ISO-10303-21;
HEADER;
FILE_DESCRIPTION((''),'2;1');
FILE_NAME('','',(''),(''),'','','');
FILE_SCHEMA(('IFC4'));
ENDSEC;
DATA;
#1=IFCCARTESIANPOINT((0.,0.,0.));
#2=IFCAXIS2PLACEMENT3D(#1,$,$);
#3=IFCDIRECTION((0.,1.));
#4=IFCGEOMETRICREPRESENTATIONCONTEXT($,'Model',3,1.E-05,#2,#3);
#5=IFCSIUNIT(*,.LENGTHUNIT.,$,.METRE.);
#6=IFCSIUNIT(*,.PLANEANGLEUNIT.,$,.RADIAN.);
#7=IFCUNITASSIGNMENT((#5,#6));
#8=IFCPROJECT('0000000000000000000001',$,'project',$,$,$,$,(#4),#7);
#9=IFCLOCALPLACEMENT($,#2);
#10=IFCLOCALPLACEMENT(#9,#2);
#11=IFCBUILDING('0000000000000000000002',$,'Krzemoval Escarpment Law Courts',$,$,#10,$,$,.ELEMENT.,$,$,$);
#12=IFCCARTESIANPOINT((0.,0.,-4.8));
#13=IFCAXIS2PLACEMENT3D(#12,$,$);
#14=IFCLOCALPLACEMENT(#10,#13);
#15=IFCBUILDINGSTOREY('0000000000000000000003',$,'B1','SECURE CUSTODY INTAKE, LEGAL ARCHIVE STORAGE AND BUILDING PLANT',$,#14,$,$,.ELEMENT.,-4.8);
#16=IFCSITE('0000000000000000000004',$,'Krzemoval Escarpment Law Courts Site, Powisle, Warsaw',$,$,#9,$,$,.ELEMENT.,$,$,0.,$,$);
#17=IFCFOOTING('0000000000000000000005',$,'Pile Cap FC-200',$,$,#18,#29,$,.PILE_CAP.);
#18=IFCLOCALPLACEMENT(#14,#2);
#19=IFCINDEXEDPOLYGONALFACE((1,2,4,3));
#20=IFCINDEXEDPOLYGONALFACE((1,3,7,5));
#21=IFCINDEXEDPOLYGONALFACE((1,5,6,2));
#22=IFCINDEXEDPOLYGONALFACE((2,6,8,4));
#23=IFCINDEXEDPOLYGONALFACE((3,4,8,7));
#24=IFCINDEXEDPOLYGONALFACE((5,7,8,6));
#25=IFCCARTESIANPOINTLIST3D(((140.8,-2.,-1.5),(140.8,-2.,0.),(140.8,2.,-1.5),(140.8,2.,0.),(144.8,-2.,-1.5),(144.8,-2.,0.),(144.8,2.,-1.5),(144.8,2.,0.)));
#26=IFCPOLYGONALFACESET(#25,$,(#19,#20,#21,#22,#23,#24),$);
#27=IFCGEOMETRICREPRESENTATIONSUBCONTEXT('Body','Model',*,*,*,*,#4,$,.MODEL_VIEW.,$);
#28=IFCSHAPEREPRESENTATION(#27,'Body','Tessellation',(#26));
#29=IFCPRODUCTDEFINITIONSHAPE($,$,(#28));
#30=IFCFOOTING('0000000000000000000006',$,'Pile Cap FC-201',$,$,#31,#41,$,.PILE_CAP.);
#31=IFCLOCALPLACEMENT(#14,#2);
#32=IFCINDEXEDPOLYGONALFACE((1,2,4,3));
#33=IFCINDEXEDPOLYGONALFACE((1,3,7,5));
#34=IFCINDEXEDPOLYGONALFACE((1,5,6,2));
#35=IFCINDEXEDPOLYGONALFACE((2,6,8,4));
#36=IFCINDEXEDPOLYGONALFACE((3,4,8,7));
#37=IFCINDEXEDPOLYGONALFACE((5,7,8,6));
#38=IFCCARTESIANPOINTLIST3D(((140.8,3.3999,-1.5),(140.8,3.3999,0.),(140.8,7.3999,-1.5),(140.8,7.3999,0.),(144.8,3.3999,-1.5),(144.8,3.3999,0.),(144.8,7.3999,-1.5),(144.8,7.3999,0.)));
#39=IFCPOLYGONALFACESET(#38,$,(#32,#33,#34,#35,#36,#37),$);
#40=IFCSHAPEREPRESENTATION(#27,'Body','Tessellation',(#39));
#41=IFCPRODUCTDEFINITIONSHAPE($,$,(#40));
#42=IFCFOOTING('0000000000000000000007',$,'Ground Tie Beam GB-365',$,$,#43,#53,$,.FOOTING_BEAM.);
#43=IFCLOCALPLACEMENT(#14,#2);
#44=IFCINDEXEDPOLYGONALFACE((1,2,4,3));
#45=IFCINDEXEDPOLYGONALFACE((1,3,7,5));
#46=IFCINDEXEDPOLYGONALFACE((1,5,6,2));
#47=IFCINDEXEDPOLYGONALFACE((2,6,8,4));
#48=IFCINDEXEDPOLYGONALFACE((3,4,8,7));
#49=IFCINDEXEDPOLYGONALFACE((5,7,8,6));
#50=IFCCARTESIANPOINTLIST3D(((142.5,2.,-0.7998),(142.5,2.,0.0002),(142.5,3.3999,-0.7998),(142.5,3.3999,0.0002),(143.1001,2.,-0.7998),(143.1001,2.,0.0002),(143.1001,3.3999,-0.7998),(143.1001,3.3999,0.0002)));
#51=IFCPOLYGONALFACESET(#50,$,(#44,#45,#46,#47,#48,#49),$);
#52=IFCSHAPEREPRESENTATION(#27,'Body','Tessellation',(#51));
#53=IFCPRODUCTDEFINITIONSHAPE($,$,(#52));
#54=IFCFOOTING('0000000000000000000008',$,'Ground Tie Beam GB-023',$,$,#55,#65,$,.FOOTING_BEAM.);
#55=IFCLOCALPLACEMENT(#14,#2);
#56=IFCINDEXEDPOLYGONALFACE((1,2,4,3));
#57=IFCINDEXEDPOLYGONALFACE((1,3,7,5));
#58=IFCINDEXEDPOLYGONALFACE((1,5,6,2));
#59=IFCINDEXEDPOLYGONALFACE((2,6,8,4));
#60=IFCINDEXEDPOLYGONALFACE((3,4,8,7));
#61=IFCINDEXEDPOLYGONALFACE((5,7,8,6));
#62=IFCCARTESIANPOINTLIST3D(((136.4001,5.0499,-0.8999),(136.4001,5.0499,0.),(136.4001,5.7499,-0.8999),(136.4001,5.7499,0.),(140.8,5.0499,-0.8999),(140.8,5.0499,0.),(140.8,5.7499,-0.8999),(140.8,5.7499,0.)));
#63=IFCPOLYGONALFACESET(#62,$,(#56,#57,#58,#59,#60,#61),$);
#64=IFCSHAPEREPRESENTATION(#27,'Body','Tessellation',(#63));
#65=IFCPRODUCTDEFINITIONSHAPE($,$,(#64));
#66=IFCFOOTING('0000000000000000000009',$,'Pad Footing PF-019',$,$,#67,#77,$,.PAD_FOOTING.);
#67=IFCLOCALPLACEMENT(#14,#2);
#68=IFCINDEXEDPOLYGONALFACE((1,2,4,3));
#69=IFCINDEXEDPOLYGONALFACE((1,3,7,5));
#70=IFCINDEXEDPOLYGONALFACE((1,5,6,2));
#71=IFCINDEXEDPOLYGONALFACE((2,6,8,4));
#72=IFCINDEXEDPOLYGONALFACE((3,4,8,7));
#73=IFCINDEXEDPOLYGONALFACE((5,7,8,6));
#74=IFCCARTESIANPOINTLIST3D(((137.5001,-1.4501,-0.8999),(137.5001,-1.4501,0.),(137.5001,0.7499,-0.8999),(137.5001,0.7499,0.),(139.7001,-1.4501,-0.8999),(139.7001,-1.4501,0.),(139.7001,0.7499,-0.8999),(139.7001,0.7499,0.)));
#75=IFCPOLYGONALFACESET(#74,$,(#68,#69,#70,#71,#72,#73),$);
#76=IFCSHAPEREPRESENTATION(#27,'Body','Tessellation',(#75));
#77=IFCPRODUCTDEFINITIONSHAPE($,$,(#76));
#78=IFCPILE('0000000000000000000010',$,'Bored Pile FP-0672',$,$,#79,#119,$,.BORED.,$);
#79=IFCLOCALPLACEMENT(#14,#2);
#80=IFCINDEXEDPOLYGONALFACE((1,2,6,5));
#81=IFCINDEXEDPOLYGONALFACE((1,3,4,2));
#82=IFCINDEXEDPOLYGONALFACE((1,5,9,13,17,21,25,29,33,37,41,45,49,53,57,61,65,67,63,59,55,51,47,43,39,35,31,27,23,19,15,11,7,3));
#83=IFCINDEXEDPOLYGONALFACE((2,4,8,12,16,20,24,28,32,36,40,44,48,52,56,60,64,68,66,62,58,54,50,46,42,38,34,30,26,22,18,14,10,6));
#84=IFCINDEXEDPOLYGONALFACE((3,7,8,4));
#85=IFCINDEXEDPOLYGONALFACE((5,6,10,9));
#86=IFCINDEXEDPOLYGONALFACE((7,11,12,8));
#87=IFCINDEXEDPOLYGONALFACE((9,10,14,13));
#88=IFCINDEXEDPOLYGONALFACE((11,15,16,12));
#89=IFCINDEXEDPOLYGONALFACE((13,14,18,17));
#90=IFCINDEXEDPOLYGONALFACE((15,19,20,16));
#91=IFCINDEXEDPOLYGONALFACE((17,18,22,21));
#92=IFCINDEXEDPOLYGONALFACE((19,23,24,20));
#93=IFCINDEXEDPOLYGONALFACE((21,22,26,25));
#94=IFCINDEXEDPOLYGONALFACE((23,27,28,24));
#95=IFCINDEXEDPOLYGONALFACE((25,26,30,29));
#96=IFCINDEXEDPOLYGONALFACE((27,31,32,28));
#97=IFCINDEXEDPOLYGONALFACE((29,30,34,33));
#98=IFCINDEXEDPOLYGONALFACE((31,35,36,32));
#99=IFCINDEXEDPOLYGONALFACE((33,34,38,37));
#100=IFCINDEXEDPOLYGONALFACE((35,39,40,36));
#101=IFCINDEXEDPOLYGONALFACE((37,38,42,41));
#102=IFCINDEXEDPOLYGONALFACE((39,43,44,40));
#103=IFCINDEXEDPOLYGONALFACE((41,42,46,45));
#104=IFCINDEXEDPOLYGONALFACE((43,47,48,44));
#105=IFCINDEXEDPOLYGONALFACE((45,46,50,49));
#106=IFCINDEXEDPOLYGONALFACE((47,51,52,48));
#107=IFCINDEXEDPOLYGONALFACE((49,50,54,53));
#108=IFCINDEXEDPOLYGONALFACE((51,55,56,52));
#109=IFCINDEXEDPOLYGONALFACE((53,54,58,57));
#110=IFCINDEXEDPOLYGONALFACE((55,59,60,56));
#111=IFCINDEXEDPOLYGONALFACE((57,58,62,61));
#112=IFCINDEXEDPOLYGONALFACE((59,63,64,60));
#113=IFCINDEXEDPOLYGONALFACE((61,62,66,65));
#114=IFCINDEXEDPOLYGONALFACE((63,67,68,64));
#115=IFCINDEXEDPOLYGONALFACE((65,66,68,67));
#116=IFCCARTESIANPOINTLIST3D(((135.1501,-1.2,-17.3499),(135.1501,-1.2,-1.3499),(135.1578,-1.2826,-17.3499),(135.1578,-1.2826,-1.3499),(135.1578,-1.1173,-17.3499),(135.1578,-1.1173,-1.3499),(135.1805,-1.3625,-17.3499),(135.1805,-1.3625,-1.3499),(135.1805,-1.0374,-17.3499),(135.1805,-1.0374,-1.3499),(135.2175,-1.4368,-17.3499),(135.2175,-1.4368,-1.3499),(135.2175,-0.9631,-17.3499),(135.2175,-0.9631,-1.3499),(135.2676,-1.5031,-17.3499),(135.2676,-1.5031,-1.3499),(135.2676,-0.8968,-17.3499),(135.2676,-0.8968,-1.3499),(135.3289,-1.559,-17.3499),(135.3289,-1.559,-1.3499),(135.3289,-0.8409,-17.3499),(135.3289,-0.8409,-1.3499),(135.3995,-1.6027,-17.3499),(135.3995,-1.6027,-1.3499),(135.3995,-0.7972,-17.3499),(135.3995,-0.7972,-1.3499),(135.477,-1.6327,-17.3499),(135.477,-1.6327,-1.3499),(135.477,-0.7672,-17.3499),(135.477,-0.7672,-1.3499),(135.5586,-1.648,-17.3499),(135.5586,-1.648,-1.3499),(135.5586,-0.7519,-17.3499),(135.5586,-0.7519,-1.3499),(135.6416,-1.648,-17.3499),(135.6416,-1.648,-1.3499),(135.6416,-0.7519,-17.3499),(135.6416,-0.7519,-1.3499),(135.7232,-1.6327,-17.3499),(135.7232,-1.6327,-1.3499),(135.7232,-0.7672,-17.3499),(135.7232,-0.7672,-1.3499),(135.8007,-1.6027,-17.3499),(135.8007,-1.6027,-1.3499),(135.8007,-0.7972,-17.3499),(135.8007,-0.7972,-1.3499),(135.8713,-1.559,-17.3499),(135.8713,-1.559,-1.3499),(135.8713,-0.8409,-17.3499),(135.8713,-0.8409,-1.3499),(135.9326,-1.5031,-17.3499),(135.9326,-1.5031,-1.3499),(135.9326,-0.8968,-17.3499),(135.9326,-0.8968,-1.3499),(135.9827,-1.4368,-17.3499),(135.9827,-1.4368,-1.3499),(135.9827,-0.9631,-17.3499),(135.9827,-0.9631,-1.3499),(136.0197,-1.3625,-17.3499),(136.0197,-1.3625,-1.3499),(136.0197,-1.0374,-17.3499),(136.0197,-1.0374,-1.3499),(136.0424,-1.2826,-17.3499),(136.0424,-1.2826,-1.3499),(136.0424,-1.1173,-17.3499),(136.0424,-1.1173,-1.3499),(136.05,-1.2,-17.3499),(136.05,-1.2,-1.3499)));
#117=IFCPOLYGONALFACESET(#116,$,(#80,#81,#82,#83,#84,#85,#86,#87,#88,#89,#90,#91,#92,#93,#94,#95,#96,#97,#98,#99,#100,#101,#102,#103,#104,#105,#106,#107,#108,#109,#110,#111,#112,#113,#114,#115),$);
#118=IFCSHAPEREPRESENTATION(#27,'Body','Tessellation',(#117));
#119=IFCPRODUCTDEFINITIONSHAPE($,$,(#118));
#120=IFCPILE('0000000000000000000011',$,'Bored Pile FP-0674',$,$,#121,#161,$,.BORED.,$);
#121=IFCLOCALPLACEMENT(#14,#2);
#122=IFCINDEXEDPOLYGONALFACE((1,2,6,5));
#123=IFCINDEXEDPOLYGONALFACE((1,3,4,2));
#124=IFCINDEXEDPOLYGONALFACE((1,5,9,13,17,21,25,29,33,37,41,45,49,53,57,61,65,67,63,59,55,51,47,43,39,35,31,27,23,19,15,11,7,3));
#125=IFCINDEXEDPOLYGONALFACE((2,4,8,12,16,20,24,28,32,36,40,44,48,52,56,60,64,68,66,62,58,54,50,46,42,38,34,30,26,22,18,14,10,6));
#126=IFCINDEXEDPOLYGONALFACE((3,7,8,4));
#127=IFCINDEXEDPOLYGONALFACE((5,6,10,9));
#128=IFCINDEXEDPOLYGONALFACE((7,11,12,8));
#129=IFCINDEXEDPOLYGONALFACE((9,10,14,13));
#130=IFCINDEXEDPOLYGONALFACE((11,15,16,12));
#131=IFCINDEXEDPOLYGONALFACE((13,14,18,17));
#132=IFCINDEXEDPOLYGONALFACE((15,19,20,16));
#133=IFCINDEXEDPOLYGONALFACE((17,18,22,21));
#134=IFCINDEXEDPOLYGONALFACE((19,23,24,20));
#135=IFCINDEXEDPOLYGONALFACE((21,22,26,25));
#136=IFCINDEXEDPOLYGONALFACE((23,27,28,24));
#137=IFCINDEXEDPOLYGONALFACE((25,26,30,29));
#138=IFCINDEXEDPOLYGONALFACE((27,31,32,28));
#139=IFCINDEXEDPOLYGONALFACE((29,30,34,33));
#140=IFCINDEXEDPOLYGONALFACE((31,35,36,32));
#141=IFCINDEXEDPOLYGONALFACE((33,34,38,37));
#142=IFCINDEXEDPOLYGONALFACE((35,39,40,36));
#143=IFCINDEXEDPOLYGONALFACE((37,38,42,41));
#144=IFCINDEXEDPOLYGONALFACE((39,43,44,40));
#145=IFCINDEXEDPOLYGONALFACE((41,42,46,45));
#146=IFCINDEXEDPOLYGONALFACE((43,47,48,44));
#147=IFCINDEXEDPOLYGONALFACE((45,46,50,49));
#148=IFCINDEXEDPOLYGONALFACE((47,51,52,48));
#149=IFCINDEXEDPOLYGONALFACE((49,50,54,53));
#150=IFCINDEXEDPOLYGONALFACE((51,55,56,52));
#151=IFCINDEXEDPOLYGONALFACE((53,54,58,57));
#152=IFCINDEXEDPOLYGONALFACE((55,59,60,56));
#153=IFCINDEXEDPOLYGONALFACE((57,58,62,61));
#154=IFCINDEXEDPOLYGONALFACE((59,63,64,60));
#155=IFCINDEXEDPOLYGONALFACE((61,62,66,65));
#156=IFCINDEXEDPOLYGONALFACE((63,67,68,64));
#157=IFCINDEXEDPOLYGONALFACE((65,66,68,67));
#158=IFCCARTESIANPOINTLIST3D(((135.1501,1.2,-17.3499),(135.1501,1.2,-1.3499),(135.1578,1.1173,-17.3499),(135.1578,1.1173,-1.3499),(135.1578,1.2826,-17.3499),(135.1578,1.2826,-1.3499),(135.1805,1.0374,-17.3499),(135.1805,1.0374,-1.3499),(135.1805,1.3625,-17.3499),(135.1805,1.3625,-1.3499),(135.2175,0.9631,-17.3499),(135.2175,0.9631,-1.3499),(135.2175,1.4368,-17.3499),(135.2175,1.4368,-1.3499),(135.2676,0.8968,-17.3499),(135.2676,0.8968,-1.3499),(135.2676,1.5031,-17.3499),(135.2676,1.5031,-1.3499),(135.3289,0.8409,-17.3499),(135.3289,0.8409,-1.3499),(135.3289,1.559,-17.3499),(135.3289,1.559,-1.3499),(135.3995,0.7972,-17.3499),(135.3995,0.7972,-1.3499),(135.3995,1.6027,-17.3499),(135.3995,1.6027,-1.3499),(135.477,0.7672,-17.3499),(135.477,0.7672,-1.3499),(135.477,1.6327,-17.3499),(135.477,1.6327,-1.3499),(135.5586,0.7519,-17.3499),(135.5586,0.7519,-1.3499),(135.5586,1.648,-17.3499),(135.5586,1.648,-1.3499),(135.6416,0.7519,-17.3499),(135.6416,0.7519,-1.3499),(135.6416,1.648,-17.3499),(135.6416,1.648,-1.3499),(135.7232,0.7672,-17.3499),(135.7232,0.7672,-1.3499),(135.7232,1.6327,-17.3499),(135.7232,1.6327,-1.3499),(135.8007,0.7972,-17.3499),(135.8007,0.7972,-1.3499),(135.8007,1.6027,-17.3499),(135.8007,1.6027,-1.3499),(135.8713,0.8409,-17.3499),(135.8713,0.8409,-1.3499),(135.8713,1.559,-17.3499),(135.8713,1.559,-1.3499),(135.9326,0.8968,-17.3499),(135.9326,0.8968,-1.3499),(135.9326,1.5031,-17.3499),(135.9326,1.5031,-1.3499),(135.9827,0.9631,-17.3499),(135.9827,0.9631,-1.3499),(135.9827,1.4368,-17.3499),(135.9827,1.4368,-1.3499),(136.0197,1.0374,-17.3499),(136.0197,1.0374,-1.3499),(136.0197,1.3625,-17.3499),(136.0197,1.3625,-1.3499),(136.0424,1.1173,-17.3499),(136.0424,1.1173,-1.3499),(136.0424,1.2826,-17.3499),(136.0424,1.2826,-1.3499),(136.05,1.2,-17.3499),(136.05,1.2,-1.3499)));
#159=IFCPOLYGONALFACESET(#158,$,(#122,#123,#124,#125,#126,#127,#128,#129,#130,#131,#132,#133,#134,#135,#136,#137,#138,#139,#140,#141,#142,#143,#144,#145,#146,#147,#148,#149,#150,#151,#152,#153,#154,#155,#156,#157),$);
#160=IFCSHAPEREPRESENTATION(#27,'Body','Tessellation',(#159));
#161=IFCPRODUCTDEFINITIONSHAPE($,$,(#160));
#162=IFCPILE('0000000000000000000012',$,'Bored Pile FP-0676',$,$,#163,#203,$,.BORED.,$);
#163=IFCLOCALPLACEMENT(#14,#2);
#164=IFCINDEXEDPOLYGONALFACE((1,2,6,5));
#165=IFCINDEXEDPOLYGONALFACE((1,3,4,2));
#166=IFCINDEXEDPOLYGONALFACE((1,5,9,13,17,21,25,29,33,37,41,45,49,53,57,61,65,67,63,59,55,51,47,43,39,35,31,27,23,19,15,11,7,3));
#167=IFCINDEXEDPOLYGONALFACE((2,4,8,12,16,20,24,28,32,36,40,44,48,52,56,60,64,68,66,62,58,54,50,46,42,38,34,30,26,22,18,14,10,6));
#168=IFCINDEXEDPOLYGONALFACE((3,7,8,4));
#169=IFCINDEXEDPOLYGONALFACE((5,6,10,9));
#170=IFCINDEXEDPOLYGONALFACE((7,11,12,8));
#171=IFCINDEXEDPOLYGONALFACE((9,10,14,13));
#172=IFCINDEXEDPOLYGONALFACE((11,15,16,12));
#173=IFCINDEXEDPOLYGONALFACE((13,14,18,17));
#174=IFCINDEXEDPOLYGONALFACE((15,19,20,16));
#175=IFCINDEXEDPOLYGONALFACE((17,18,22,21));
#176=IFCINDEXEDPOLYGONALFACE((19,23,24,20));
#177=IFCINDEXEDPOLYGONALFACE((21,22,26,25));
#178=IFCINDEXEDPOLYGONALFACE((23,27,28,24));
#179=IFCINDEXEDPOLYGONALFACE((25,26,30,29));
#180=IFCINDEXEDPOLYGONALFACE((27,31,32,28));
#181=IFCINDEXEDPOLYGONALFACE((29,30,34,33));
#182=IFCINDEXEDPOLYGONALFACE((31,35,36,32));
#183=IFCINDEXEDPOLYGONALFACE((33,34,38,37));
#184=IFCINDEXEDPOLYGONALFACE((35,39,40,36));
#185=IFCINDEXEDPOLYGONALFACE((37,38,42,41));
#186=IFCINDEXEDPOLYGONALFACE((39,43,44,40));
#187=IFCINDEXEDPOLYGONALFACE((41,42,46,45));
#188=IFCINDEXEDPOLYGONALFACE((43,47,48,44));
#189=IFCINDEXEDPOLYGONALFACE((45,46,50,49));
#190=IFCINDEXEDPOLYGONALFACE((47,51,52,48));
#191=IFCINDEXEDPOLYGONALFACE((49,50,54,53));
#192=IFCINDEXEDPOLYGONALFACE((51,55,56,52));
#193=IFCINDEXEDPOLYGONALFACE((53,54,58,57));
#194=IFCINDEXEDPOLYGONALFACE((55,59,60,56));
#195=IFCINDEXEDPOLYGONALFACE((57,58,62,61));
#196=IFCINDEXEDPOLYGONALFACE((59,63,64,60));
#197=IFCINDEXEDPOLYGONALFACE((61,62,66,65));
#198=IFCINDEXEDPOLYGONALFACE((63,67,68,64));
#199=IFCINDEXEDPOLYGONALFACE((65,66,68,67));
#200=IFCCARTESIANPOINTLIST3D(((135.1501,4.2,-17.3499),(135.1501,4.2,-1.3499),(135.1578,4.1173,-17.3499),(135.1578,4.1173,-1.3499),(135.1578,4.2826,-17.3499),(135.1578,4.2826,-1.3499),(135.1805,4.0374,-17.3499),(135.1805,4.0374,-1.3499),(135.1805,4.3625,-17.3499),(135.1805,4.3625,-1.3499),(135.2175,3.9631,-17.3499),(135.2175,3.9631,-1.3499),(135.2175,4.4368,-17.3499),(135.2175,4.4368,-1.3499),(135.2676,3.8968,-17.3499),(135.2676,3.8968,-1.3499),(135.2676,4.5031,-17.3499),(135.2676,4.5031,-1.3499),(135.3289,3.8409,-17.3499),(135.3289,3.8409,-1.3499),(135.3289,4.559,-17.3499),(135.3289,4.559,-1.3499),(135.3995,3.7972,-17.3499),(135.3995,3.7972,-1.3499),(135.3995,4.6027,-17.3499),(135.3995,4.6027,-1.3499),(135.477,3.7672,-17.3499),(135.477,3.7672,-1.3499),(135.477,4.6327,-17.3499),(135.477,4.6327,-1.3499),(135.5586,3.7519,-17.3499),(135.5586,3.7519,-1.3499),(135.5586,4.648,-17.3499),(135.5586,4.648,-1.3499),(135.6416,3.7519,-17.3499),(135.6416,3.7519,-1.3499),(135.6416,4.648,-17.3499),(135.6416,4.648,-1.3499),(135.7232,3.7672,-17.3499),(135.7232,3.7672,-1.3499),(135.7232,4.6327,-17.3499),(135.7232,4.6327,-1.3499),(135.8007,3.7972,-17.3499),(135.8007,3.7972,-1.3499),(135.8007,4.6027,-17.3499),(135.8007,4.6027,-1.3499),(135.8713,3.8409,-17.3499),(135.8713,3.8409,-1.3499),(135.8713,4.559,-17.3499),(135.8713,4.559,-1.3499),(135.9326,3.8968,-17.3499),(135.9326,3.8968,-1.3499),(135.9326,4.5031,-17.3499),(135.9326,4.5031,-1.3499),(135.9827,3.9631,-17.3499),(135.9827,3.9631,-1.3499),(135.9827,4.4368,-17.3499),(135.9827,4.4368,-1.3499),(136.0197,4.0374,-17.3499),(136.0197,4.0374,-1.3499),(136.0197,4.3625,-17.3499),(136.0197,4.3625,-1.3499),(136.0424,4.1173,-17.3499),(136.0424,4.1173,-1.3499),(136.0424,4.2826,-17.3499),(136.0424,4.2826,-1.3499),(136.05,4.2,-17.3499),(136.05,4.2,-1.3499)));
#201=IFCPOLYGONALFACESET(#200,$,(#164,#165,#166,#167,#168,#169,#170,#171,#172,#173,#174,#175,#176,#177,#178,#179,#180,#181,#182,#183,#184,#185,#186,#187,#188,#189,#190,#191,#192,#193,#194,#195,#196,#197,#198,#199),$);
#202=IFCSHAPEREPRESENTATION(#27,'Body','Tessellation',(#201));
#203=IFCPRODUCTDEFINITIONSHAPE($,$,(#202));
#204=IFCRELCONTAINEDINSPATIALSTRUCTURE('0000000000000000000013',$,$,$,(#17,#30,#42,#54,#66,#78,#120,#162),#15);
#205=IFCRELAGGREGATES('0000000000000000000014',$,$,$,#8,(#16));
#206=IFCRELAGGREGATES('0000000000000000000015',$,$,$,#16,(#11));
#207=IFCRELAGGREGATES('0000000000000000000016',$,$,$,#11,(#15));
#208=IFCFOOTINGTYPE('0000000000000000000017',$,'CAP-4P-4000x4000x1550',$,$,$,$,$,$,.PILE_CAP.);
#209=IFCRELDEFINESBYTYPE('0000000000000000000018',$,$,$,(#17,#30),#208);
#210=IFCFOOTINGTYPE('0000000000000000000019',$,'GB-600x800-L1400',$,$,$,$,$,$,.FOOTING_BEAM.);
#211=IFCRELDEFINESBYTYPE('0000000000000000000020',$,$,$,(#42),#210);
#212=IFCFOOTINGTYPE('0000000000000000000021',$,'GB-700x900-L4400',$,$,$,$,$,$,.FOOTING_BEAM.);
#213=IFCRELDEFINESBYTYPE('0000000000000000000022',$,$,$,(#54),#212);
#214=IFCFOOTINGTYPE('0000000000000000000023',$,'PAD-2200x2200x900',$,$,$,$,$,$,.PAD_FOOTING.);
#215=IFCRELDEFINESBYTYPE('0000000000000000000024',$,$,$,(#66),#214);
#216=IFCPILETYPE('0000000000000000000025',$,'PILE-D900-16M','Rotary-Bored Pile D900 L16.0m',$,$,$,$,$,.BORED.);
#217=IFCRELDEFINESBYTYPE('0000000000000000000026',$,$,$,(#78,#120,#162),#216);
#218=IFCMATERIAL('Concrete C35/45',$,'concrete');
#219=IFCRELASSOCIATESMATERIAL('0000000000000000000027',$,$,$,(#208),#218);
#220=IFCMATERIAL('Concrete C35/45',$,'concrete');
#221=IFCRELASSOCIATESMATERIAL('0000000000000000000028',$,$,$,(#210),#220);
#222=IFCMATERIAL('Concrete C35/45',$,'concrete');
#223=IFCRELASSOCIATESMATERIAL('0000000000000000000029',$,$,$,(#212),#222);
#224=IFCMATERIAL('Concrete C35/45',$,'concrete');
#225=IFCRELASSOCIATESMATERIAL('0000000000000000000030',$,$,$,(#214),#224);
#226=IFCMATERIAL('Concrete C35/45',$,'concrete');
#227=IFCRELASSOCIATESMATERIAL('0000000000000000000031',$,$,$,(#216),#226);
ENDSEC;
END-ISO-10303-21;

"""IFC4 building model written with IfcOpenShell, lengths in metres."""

from ifc_helpers import new_model, si_unit, direction, frame, origin, origin_2d, place, context, subcontext, project, spatial, rectangle, circle, extrude, material, material_profile, profile_set, type_object, element, save


model = new_model("IFC4")

# Units and contexts
model_context = context("Model", 3, precision=1e-05, world=origin(), true_north=direction((0.0, 1.0)))
body_context = subcontext(model_context, "Body", "Model", "MODEL_VIEW")
ifc_project = project(units=[si_unit("LENGTHUNIT", "METRE"), si_unit("PLANEANGLEUNIT", "RADIAN")], contexts=[model_context])

# Site, building, storey
site_placement = place(None, origin())
site = spatial("IfcSite", under=ifc_project, at=site_placement, Name="Krzemoval Escarpment Law Courts Site, Powisle, Warsaw", CompositionType="ELEMENT", RefElevation=0.0)
building_placement = place(site_placement, origin())
building = spatial("IfcBuilding", under=site, at=building_placement, Name="Krzemoval Escarpment Law Courts", CompositionType="ELEMENT")
storey_placement = place(building_placement, frame((0.0, 0.0, -4.8)))
storey = spatial("IfcBuildingStorey", under=building, at=storey_placement, Name="B1", Description="SECURE CUSTODY INTAKE, LEGAL ARCHIVE STORAGE AND BUILDING PLANT", CompositionType="ELEMENT", Elevation=-4.8)

# Footings
ifc_material_1 = material(Name="Concrete C35/45", Category="concrete")
footing_type_1 = type_object("IfcFootingType", Name="CAP-4P-4000x4000x1550", PredefinedType="PILE_CAP", material=ifc_material_1)
for number, where, z_axis, x_axis, name in (
    (1, (142.8, 0.0, -1.5), (0.0, 0.0, 1.0), (1.0, 0.0, 0.0), "Pile Cap FC-200"),
    (2, (142.8, 5.3999, -1.5), (0.0, 0.0, 1.0), (1.0, 0.0, 0.0), "Pile Cap FC-201"),
):
    element("IfcFooting", number, at=place(storey_placement, frame(where, z_axis=z_axis, x_axis=x_axis)), inside=storey, type_object=footing_type_1, Name=name, PredefinedType="PILE_CAP", context=body_context, shape_type="SweptSolid", body=[
        extrude(rectangle(XDim=4.0, YDim=4.0, at=origin_2d()), origin(), (0.0, 0.0, 1.0), 1.5),
    ])
ifc_material_2 = material(Name="Concrete C35/45", Category="concrete")
footing_type_2 = type_object("IfcFootingType", Name="GB-600x800-L1400", PredefinedType="FOOTING_BEAM", material=ifc_material_2)
footing_1_placement = place(storey_placement, frame((142.8, 2.7, -0.7998), z_axis=(0.0, 0.0, 1.0), x_axis=(0.0, 1.0, 0.0)))
element("IfcFooting", 3, at=footing_1_placement, inside=storey, type_object=footing_type_2, Name="Ground Tie Beam GB-365", PredefinedType="FOOTING_BEAM", context=body_context, shape_type="SweptSolid", body=[
    extrude(rectangle(XDim=1.3999, YDim=0.6001, at=origin_2d()), origin(), (0.0, 0.0, 1.0), 0.8),
])
ifc_material_3 = material(Name="Concrete C35/45", Category="concrete")
footing_type_3 = type_object("IfcFootingType", Name="GB-700x900-L4400", PredefinedType="FOOTING_BEAM", material=ifc_material_3)
footing_2_placement = place(storey_placement, frame((138.6001, 5.3999, -0.8999), z_axis=(0.0, 0.0, 1.0), x_axis=(1.0, 0.0, 0.0)))
element("IfcFooting", 4, at=footing_2_placement, inside=storey, type_object=footing_type_3, Name="Ground Tie Beam GB-023", PredefinedType="FOOTING_BEAM", context=body_context, shape_type="SweptSolid", body=[
    extrude(rectangle(XDim=4.3999, YDim=0.7, at=origin_2d()), origin(), (0.0, 0.0, 1.0), 0.8999),
])
ifc_material_4 = material(Name="Concrete C35/45", Category="concrete")
footing_type_4 = type_object("IfcFootingType", Name="PAD-2200x2200x900", PredefinedType="PAD_FOOTING", material=ifc_material_4)
footing_3_placement = place(storey_placement, frame((138.6001, -0.3501, -0.8999), z_axis=(0.0, 0.0, 1.0), x_axis=(1.0, 0.0, 0.0)))
element("IfcFooting", 5, at=footing_3_placement, inside=storey, type_object=footing_type_4, Name="Pad Footing PF-019", PredefinedType="PAD_FOOTING", context=body_context, shape_type="SweptSolid", body=[
    extrude(rectangle(XDim=2.2, YDim=2.2, at=origin_2d()), origin(), (0.0, 0.0, 1.0), 0.8999),
])

# Piles
ifc_material_5 = material(Name="Concrete C35/45", Category="concrete")
ifc_material_profile_1 = material_profile(ifc_material_5, circle(Radius=0.45, at=origin_2d()), Name="PILE D900")
ifc_profile_set_1 = profile_set([ifc_material_profile_1], Name="Concrete C35/45")
pile_type = type_object("IfcPileType", Name="PILE-D900-16M", Description="Rotary-Bored Pile D900 L16.0m", PredefinedType="BORED", material=ifc_profile_set_1)
for number, where, z_axis, x_axis, name in (
    (6, (135.6001, -1.2, -1.3499), (0.0, 0.0, -1.0), (1.0, 0.0, 0.0), "Bored Pile FP-0672"),
    (7, (135.6001, 1.2, -1.3499), (0.0, 0.0, -1.0), (1.0, 0.0, 0.0), "Bored Pile FP-0674"),
    (8, (135.6001, 4.2, -1.3499), (0.0, 0.0, -1.0), (1.0, 0.0, 0.0), "Bored Pile FP-0676"),
):
    element("IfcPile", number, at=place(storey_placement, frame(where, z_axis=z_axis, x_axis=x_axis)), inside=storey, type_object=pile_type, Name=name, PredefinedType="BORED", context=body_context, shape_type="SweptSolid", body=[
        extrude(circle(Radius=0.45, at=origin_2d()), origin(), (0.0, 0.0, 1.0), 16.0),
    ])

save(model, "model.ifc")
